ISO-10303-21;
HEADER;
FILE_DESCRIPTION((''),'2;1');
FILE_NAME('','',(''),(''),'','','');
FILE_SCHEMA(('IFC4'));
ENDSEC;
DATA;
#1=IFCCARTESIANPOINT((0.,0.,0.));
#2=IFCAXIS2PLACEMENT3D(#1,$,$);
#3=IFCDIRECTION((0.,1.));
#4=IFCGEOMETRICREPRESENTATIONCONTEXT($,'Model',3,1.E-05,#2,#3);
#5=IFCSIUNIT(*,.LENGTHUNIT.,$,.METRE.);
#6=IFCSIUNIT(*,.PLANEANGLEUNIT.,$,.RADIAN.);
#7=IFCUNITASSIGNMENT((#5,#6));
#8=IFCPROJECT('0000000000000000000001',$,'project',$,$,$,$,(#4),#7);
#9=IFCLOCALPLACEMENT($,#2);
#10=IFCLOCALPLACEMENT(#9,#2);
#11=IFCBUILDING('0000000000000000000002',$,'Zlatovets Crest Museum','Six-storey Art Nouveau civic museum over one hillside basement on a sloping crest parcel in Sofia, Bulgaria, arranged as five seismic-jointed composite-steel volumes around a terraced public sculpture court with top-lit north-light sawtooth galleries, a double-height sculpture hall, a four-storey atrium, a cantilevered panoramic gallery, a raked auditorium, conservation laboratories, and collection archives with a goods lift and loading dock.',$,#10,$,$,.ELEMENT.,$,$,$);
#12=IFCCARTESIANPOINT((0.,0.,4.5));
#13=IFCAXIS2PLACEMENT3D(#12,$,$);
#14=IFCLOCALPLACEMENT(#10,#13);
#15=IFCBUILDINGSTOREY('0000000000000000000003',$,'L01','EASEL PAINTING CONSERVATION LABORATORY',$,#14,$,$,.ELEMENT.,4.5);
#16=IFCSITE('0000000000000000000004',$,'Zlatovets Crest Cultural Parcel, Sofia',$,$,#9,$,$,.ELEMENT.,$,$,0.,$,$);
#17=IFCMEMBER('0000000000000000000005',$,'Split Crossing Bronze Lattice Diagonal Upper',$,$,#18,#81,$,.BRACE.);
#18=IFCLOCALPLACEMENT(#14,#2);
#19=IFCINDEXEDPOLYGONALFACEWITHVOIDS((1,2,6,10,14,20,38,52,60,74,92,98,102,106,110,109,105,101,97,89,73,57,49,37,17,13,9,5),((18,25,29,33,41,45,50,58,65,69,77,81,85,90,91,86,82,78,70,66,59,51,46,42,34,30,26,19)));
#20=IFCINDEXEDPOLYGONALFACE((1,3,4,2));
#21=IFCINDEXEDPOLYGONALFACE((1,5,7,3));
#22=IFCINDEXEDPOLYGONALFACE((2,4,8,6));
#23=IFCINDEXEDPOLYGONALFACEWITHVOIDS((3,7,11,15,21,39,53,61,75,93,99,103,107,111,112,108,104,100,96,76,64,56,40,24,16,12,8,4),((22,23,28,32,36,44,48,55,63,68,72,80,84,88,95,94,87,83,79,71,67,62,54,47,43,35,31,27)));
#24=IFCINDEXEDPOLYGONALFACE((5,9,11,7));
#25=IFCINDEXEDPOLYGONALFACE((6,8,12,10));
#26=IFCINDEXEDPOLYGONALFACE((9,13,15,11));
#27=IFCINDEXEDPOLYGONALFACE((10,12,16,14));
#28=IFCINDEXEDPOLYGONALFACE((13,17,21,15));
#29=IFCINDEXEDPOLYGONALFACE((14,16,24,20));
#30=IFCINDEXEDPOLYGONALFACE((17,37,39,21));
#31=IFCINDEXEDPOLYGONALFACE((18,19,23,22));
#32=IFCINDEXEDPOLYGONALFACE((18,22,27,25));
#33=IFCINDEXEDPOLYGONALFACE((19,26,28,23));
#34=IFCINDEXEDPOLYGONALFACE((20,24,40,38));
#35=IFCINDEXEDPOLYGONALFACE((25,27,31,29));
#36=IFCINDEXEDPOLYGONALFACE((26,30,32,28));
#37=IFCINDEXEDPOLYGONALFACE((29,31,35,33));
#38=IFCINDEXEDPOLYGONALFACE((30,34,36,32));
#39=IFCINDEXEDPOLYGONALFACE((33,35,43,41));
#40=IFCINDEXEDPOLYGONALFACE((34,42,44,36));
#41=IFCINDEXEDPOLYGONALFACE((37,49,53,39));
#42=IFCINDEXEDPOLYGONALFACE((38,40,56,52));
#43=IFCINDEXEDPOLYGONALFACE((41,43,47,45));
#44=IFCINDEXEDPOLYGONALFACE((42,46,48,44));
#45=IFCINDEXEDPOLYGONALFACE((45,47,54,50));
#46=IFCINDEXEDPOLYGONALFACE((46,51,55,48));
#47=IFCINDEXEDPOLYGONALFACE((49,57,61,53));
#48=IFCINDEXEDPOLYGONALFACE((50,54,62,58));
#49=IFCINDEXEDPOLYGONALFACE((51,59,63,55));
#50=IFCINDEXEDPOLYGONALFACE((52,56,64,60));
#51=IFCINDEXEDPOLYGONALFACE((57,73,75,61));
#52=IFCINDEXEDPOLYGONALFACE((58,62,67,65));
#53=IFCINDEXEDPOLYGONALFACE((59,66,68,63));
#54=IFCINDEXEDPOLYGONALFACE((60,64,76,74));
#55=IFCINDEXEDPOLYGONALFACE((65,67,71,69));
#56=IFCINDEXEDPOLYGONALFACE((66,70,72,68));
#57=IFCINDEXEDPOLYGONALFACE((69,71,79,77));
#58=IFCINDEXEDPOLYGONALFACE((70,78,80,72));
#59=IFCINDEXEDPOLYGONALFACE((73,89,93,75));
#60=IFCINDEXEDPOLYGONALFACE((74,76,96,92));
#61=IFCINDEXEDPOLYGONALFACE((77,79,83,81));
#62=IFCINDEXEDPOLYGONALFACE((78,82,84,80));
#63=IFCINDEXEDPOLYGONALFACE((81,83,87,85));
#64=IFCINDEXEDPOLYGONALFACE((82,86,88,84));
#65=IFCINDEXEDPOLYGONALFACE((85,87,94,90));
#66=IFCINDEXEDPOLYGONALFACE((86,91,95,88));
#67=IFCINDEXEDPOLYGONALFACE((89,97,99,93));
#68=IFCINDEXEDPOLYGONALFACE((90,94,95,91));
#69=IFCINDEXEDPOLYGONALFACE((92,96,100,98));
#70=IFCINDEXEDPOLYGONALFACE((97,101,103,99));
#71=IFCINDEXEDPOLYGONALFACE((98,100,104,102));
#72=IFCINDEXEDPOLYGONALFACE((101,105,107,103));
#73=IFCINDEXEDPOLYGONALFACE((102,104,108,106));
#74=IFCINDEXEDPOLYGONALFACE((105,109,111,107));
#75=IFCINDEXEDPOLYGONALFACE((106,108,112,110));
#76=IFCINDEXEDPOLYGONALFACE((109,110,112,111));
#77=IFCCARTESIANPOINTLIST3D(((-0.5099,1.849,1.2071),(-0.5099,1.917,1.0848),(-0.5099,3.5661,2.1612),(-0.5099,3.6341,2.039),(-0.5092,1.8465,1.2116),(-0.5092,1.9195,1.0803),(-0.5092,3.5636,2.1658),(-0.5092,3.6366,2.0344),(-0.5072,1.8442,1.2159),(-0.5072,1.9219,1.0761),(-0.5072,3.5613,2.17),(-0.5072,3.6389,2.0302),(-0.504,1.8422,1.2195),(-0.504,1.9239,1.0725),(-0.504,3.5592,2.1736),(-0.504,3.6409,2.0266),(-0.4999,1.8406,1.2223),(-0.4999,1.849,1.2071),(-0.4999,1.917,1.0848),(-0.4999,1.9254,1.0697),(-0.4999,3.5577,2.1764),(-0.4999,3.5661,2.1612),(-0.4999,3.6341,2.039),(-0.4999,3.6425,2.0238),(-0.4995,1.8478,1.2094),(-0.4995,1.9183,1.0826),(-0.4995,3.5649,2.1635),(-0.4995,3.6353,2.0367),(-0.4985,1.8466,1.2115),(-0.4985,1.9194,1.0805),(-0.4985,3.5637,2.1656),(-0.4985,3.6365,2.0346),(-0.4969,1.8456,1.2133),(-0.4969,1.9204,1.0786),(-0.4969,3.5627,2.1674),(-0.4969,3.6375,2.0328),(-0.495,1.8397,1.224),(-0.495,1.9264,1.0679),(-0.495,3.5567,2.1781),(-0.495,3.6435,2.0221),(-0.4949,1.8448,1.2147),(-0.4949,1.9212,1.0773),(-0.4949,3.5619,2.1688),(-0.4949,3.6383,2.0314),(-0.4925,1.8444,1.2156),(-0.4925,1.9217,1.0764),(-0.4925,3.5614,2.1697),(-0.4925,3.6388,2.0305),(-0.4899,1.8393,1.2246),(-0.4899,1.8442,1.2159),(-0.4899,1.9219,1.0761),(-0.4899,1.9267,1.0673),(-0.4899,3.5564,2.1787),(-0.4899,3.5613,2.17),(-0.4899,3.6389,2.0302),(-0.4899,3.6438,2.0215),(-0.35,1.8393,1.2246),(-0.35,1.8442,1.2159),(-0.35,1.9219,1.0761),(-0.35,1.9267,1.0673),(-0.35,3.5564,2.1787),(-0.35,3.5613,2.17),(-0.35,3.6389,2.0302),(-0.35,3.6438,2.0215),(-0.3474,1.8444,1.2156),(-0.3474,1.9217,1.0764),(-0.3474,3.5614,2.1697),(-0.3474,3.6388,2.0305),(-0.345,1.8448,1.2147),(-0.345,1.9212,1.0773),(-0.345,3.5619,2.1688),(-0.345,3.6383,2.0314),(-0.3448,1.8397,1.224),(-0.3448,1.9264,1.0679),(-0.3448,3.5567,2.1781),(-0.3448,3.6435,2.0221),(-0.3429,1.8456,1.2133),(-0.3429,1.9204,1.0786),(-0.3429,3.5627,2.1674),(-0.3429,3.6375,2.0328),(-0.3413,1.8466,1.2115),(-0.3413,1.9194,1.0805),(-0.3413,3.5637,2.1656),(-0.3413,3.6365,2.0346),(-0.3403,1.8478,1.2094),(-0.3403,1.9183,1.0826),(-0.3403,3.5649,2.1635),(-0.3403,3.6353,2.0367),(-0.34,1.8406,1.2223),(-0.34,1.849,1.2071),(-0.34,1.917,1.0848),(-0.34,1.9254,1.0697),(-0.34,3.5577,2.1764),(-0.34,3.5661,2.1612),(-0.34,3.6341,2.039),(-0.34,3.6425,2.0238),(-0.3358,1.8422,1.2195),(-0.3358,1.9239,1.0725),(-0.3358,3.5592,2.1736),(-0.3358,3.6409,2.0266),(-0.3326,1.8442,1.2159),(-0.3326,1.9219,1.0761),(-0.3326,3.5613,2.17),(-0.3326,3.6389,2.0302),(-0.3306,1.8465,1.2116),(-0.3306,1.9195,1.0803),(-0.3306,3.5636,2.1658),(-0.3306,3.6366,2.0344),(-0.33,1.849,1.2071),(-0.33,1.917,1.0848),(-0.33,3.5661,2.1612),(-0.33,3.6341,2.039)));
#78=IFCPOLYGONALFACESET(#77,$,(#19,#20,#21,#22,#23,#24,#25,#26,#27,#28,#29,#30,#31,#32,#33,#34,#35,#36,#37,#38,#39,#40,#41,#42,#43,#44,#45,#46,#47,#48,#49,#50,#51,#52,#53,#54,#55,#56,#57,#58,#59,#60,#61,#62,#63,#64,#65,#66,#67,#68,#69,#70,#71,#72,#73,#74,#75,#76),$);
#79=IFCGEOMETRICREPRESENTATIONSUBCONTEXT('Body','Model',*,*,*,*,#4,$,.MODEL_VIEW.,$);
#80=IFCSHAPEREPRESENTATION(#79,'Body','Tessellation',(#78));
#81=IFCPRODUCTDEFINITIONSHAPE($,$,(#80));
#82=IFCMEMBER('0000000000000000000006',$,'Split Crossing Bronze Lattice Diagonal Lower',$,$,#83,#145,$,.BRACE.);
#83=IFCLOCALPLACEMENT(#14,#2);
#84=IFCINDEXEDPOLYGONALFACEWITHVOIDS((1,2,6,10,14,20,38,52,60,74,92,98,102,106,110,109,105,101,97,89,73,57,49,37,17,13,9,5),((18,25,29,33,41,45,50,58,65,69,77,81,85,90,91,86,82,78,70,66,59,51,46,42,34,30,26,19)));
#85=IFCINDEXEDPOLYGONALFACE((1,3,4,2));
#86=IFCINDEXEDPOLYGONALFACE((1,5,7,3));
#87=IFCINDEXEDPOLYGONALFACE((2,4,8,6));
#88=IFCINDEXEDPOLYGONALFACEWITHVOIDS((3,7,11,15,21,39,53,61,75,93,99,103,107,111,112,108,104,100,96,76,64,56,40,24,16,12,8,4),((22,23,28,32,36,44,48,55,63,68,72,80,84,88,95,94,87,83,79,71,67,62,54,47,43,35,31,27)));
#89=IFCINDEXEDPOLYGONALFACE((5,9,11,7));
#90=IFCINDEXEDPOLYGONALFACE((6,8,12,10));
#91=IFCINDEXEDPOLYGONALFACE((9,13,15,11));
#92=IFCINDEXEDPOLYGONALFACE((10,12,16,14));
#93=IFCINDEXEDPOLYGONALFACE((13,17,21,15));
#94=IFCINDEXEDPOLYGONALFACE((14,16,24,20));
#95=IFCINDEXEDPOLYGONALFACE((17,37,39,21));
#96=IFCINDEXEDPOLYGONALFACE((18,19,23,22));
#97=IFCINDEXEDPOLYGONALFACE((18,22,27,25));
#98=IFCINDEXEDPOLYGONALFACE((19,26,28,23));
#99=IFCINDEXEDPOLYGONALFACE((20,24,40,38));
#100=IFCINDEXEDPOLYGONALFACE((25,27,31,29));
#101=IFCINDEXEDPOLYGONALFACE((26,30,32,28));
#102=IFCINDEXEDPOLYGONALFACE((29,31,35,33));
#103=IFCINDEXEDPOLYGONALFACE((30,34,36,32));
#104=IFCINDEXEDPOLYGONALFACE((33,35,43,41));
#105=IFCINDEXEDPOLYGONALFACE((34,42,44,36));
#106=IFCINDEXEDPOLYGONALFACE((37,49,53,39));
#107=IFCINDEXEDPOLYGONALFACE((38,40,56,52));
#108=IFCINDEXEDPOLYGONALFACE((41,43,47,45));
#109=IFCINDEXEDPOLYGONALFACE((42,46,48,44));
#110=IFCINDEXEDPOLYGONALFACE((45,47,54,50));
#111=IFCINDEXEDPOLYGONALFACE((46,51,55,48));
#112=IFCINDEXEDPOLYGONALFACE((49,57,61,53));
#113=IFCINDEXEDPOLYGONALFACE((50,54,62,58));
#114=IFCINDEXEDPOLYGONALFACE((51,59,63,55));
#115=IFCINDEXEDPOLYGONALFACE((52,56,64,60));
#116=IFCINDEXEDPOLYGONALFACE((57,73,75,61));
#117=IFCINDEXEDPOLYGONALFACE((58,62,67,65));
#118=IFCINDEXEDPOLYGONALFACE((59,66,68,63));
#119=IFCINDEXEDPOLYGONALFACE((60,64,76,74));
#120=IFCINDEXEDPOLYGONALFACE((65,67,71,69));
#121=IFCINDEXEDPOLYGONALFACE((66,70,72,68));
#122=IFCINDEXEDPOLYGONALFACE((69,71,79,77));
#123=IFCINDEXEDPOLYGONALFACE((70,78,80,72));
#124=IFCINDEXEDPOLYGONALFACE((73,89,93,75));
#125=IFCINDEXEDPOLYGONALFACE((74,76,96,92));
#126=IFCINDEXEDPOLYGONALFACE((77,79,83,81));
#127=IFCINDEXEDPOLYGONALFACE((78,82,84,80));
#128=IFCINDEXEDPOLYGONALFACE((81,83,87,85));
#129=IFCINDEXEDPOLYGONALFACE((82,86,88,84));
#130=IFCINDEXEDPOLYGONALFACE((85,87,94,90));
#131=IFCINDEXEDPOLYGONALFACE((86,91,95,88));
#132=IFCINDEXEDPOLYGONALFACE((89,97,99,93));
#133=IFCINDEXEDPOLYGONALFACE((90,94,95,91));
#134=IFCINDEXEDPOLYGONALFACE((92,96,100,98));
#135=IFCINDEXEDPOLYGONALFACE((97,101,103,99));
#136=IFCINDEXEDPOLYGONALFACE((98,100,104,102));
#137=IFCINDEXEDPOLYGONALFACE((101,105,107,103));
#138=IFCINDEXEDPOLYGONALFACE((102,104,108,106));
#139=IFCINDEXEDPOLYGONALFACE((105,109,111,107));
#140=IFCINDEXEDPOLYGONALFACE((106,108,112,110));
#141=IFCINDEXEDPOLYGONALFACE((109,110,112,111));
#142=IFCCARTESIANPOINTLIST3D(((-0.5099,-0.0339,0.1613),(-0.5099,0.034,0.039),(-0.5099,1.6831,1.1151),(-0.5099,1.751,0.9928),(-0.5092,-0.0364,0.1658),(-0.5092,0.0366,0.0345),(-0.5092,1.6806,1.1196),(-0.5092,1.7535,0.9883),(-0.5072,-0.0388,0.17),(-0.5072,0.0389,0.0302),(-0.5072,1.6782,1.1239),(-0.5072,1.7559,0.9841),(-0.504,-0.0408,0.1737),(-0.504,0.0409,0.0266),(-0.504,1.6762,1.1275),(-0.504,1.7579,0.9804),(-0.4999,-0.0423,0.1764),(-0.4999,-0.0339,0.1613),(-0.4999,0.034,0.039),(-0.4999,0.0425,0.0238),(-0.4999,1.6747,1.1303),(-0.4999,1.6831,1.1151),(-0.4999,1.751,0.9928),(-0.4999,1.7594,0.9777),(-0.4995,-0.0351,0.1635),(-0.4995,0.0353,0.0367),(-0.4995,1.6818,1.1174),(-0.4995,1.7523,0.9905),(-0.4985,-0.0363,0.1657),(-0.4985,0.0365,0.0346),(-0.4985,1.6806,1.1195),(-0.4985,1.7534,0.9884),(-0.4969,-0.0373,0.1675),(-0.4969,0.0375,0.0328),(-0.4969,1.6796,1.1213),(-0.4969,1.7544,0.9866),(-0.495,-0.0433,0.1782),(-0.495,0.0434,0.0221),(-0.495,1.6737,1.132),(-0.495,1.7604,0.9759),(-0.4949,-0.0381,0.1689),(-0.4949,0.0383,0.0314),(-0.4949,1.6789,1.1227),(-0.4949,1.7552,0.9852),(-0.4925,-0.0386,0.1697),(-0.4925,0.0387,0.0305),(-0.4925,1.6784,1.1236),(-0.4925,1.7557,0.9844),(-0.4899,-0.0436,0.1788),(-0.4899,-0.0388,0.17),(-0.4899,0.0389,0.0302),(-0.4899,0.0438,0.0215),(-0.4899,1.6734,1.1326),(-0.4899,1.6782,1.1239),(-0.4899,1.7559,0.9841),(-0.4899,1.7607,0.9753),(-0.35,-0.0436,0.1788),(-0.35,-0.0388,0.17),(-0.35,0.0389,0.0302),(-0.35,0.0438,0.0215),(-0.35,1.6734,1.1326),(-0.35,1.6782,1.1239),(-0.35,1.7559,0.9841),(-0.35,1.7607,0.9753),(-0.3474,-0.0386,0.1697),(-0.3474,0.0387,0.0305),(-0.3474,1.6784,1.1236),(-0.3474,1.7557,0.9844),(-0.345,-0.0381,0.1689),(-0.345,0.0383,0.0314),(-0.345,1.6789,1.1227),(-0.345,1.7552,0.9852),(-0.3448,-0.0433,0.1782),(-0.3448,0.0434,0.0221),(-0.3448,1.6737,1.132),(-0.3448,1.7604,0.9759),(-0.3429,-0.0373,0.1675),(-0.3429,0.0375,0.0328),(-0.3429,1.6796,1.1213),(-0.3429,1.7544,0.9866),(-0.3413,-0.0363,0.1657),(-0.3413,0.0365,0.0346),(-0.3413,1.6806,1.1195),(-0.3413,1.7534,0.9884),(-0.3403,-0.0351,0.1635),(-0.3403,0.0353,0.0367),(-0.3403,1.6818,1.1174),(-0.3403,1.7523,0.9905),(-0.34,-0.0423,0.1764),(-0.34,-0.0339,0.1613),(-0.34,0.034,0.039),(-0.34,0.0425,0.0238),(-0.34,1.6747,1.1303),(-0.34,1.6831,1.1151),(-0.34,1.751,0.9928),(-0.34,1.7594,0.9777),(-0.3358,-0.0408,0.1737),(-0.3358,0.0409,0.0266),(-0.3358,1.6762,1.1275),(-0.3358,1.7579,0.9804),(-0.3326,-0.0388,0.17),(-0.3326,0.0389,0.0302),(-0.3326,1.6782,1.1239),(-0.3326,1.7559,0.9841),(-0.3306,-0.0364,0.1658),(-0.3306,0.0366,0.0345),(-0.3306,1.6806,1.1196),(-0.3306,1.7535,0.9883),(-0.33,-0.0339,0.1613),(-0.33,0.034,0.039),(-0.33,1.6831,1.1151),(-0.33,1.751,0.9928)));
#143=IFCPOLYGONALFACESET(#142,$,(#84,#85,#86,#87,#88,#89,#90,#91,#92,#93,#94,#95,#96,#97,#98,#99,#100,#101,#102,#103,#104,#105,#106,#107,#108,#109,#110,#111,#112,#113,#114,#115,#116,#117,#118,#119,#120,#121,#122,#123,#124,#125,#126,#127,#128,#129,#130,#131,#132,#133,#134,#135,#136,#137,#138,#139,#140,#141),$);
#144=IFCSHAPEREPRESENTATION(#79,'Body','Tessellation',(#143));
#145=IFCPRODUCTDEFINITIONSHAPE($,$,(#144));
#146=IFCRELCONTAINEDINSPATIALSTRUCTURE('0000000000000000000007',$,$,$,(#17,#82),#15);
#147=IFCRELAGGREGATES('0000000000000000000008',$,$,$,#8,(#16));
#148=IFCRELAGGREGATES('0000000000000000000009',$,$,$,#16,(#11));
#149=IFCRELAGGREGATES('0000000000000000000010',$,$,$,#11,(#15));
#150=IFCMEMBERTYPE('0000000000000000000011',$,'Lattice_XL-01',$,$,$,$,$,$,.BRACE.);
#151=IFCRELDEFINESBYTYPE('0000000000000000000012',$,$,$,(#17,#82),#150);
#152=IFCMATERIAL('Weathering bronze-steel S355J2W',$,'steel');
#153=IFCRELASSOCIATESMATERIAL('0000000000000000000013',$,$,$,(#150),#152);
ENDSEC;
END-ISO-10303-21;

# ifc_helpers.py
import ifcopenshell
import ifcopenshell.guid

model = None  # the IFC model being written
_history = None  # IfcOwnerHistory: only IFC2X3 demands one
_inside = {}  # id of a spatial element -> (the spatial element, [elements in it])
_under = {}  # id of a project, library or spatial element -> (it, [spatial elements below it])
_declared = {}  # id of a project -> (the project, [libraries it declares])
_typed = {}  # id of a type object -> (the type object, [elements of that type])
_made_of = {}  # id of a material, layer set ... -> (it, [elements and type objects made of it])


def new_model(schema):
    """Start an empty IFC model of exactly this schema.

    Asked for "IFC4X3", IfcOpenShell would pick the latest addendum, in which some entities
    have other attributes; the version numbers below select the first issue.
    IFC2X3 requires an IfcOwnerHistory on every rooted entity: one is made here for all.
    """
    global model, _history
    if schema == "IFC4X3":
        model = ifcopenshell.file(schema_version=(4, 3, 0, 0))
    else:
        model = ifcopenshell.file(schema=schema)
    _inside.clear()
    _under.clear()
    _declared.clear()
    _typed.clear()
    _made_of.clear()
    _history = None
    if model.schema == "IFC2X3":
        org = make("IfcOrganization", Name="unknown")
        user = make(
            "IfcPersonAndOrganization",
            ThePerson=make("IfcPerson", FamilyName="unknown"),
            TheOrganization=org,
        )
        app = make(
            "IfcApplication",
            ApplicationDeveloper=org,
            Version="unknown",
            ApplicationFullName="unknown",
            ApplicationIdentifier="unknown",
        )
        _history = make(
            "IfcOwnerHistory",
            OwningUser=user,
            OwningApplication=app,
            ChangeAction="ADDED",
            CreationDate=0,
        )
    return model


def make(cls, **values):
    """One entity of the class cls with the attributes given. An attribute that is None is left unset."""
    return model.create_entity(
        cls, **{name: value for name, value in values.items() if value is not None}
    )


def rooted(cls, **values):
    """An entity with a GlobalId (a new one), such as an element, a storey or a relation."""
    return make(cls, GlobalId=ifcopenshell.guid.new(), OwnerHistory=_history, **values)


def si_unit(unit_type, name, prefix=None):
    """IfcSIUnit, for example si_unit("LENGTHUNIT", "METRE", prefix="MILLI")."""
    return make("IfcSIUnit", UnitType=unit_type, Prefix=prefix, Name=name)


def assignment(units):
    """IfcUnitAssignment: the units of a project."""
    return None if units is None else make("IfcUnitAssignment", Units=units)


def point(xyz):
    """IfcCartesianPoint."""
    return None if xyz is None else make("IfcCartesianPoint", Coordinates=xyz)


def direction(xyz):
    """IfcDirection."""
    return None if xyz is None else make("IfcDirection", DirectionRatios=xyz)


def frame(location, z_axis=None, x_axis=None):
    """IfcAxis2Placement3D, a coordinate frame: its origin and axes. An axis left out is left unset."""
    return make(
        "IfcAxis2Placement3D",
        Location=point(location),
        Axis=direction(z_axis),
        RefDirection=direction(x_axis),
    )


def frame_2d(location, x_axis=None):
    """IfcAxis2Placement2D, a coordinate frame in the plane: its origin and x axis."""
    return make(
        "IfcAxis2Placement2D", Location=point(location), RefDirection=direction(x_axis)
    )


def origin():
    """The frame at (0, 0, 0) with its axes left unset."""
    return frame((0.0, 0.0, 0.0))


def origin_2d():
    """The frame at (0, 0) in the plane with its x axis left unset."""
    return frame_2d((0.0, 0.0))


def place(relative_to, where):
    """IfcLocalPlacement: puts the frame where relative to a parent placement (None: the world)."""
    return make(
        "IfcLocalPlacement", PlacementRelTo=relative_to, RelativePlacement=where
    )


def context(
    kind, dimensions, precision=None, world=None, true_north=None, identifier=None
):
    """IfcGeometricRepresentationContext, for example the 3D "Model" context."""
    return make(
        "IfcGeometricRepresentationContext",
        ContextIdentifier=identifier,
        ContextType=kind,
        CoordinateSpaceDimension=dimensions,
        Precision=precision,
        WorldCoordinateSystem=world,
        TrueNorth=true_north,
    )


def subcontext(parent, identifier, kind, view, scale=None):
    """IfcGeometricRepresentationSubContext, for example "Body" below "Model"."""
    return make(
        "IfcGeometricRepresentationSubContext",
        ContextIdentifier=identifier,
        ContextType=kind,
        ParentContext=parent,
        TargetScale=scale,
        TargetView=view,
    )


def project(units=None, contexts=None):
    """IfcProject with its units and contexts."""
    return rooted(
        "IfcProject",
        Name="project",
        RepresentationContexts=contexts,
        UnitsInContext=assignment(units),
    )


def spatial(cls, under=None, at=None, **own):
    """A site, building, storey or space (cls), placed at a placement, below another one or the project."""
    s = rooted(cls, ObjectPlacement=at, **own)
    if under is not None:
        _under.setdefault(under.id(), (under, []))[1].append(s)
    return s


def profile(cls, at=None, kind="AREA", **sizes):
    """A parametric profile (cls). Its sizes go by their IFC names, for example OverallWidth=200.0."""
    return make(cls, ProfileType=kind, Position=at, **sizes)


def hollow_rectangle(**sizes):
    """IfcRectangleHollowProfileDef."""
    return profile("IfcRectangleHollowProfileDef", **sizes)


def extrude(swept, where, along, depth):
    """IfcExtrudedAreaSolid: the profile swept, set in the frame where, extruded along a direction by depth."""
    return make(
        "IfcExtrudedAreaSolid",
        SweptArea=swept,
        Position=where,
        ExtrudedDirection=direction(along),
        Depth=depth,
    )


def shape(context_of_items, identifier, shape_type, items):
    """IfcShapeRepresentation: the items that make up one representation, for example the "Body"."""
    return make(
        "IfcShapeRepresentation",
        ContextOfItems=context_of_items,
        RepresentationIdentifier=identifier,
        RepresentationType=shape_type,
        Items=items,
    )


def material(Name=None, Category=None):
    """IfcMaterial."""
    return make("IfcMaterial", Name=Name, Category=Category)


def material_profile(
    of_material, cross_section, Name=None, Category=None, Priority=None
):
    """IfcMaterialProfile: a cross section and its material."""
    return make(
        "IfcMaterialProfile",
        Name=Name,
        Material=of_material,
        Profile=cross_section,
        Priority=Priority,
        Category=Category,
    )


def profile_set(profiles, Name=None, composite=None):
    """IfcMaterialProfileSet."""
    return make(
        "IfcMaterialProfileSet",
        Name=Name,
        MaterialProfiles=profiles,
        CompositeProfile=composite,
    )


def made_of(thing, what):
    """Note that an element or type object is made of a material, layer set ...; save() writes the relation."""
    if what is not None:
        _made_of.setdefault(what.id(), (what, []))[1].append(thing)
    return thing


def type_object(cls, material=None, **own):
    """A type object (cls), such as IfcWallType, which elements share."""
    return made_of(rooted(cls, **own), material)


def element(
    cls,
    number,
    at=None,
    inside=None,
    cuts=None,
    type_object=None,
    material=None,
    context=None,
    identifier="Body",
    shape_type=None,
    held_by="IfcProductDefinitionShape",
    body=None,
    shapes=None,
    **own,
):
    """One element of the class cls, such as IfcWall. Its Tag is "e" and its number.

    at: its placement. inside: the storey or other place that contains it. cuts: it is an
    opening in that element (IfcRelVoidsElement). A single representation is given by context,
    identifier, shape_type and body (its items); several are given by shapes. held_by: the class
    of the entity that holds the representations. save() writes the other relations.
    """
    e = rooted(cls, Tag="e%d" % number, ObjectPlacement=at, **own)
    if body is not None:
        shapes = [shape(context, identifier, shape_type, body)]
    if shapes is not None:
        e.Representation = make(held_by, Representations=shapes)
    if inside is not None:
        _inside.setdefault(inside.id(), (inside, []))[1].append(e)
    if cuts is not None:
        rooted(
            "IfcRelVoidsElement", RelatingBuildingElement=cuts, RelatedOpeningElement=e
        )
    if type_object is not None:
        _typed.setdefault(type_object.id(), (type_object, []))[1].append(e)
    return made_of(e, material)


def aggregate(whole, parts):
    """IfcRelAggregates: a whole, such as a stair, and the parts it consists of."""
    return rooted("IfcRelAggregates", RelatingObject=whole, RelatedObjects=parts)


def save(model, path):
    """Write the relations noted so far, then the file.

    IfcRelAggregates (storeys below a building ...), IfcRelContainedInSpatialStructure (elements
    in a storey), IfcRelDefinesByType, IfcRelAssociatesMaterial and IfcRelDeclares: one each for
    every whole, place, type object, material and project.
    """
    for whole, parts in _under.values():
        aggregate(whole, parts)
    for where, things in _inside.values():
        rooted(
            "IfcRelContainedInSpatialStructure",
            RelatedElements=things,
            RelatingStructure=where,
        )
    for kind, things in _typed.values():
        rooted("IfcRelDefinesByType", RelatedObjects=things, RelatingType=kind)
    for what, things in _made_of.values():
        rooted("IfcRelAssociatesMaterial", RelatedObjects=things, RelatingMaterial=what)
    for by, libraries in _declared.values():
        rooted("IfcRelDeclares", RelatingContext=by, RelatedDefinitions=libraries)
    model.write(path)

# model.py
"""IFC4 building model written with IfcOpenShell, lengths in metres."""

from ifc_helpers import new_model, si_unit, direction, frame, origin, origin_2d, place, context, subcontext, project, spatial, hollow_rectangle, extrude, material, material_profile, profile_set, type_object, element, save


model = new_model("IFC4")

# Units and contexts
model_context = context("Model", 3, precision=1e-05, world=origin(), true_north=direction((0.0, 1.0)))
body_context = subcontext(model_context, "Body", "Model", "MODEL_VIEW")
ifc_project = project(units=[si_unit("LENGTHUNIT", "METRE"), si_unit("PLANEANGLEUNIT", "RADIAN")], contexts=[model_context])

# Site, building, storey
site_placement = place(None, origin())
site = spatial("IfcSite", under=ifc_project, at=site_placement, Name="Zlatovets Crest Cultural Parcel, Sofia", CompositionType="ELEMENT", RefElevation=0.0)
building_placement = place(site_placement, origin())
building = spatial("IfcBuilding", under=site, at=building_placement, Name="Zlatovets Crest Museum", Description="Six-storey Art Nouveau civic museum over one hillside basement on a sloping crest parcel in Sofia, Bulgaria, arranged as five seismic-jointed composite-steel volumes around a terraced public sculpture court with top-lit north-light sawtooth galleries, a double-height sculpture hall, a four-storey atrium, a cantilevered panoramic gallery, a raked auditorium, conservation laboratories, and collection archives with a goods lift and loading dock.", CompositionType="ELEMENT")
storey_placement = place(building_placement, frame((0.0, 0.0, 4.5)))
storey = spatial("IfcBuildingStorey", under=building, at=storey_placement, Name="L01", Description="EASEL PAINTING CONSERVATION LABORATORY", CompositionType="ELEMENT", Elevation=4.5)

# Members
ifc_material_1 = material(Name="Weathering bronze-steel S355J2W", Category="steel")
ifc_material_profile_1 = material_profile(ifc_material_1, hollow_rectangle(XDim=0.1799, YDim=0.1799, WallThickness=0.01, InnerFilletRadius=0.01, OuterFilletRadius=0.02, at=origin_2d()), Name="SHS 180x180x10.0")
ifc_profile_set_1 = profile_set([ifc_material_profile_1], Name="Weathering bronze-steel S355J2W")
member_type_1 = type_object("IfcMemberType", Name="Lattice_XL-01", PredefinedType="BRACE", material=ifc_profile_set_1)
member_1_placement = place(storey_placement, frame((-0.4199, 3.6001, 2.1001), z_axis=(0.0, -0.874116, -0.485717), x_axis=(1.0, 0.0, 0.0)))
element("IfcMember", 1, at=member_1_placement, inside=storey, type_object=member_type_1, Name="Split Crossing Bronze Lattice Diagonal Upper", PredefinedType="BRACE", context=body_context, shape_type="SweptSolid", body=[
    extrude(hollow_rectangle(XDim=0.1799, YDim=0.1799, WallThickness=0.01, InnerFilletRadius=0.01, OuterFilletRadius=0.02, at=origin_2d()), origin(), (0.0, 0.0, 1.0), 1.9644),
])
member_2_placement = place(storey_placement, frame((-0.4199, 1.717, 1.054), z_axis=(0.0, -0.874169, -0.485622), x_axis=(1.0, 0.0, 0.0)))
element("IfcMember", 2, at=member_2_placement, inside=storey, type_object=member_type_1, Name="Split Crossing Bronze Lattice Diagonal Lower", PredefinedType="BRACE", context=body_context, shape_type="SweptSolid", body=[
    extrude(hollow_rectangle(XDim=0.1799, YDim=0.1799, WallThickness=0.01, InnerFilletRadius=0.01, OuterFilletRadius=0.02, at=origin_2d()), origin(), (0.0, 0.0, 1.0), 1.9641),
])

save(model, "model.ifc")
